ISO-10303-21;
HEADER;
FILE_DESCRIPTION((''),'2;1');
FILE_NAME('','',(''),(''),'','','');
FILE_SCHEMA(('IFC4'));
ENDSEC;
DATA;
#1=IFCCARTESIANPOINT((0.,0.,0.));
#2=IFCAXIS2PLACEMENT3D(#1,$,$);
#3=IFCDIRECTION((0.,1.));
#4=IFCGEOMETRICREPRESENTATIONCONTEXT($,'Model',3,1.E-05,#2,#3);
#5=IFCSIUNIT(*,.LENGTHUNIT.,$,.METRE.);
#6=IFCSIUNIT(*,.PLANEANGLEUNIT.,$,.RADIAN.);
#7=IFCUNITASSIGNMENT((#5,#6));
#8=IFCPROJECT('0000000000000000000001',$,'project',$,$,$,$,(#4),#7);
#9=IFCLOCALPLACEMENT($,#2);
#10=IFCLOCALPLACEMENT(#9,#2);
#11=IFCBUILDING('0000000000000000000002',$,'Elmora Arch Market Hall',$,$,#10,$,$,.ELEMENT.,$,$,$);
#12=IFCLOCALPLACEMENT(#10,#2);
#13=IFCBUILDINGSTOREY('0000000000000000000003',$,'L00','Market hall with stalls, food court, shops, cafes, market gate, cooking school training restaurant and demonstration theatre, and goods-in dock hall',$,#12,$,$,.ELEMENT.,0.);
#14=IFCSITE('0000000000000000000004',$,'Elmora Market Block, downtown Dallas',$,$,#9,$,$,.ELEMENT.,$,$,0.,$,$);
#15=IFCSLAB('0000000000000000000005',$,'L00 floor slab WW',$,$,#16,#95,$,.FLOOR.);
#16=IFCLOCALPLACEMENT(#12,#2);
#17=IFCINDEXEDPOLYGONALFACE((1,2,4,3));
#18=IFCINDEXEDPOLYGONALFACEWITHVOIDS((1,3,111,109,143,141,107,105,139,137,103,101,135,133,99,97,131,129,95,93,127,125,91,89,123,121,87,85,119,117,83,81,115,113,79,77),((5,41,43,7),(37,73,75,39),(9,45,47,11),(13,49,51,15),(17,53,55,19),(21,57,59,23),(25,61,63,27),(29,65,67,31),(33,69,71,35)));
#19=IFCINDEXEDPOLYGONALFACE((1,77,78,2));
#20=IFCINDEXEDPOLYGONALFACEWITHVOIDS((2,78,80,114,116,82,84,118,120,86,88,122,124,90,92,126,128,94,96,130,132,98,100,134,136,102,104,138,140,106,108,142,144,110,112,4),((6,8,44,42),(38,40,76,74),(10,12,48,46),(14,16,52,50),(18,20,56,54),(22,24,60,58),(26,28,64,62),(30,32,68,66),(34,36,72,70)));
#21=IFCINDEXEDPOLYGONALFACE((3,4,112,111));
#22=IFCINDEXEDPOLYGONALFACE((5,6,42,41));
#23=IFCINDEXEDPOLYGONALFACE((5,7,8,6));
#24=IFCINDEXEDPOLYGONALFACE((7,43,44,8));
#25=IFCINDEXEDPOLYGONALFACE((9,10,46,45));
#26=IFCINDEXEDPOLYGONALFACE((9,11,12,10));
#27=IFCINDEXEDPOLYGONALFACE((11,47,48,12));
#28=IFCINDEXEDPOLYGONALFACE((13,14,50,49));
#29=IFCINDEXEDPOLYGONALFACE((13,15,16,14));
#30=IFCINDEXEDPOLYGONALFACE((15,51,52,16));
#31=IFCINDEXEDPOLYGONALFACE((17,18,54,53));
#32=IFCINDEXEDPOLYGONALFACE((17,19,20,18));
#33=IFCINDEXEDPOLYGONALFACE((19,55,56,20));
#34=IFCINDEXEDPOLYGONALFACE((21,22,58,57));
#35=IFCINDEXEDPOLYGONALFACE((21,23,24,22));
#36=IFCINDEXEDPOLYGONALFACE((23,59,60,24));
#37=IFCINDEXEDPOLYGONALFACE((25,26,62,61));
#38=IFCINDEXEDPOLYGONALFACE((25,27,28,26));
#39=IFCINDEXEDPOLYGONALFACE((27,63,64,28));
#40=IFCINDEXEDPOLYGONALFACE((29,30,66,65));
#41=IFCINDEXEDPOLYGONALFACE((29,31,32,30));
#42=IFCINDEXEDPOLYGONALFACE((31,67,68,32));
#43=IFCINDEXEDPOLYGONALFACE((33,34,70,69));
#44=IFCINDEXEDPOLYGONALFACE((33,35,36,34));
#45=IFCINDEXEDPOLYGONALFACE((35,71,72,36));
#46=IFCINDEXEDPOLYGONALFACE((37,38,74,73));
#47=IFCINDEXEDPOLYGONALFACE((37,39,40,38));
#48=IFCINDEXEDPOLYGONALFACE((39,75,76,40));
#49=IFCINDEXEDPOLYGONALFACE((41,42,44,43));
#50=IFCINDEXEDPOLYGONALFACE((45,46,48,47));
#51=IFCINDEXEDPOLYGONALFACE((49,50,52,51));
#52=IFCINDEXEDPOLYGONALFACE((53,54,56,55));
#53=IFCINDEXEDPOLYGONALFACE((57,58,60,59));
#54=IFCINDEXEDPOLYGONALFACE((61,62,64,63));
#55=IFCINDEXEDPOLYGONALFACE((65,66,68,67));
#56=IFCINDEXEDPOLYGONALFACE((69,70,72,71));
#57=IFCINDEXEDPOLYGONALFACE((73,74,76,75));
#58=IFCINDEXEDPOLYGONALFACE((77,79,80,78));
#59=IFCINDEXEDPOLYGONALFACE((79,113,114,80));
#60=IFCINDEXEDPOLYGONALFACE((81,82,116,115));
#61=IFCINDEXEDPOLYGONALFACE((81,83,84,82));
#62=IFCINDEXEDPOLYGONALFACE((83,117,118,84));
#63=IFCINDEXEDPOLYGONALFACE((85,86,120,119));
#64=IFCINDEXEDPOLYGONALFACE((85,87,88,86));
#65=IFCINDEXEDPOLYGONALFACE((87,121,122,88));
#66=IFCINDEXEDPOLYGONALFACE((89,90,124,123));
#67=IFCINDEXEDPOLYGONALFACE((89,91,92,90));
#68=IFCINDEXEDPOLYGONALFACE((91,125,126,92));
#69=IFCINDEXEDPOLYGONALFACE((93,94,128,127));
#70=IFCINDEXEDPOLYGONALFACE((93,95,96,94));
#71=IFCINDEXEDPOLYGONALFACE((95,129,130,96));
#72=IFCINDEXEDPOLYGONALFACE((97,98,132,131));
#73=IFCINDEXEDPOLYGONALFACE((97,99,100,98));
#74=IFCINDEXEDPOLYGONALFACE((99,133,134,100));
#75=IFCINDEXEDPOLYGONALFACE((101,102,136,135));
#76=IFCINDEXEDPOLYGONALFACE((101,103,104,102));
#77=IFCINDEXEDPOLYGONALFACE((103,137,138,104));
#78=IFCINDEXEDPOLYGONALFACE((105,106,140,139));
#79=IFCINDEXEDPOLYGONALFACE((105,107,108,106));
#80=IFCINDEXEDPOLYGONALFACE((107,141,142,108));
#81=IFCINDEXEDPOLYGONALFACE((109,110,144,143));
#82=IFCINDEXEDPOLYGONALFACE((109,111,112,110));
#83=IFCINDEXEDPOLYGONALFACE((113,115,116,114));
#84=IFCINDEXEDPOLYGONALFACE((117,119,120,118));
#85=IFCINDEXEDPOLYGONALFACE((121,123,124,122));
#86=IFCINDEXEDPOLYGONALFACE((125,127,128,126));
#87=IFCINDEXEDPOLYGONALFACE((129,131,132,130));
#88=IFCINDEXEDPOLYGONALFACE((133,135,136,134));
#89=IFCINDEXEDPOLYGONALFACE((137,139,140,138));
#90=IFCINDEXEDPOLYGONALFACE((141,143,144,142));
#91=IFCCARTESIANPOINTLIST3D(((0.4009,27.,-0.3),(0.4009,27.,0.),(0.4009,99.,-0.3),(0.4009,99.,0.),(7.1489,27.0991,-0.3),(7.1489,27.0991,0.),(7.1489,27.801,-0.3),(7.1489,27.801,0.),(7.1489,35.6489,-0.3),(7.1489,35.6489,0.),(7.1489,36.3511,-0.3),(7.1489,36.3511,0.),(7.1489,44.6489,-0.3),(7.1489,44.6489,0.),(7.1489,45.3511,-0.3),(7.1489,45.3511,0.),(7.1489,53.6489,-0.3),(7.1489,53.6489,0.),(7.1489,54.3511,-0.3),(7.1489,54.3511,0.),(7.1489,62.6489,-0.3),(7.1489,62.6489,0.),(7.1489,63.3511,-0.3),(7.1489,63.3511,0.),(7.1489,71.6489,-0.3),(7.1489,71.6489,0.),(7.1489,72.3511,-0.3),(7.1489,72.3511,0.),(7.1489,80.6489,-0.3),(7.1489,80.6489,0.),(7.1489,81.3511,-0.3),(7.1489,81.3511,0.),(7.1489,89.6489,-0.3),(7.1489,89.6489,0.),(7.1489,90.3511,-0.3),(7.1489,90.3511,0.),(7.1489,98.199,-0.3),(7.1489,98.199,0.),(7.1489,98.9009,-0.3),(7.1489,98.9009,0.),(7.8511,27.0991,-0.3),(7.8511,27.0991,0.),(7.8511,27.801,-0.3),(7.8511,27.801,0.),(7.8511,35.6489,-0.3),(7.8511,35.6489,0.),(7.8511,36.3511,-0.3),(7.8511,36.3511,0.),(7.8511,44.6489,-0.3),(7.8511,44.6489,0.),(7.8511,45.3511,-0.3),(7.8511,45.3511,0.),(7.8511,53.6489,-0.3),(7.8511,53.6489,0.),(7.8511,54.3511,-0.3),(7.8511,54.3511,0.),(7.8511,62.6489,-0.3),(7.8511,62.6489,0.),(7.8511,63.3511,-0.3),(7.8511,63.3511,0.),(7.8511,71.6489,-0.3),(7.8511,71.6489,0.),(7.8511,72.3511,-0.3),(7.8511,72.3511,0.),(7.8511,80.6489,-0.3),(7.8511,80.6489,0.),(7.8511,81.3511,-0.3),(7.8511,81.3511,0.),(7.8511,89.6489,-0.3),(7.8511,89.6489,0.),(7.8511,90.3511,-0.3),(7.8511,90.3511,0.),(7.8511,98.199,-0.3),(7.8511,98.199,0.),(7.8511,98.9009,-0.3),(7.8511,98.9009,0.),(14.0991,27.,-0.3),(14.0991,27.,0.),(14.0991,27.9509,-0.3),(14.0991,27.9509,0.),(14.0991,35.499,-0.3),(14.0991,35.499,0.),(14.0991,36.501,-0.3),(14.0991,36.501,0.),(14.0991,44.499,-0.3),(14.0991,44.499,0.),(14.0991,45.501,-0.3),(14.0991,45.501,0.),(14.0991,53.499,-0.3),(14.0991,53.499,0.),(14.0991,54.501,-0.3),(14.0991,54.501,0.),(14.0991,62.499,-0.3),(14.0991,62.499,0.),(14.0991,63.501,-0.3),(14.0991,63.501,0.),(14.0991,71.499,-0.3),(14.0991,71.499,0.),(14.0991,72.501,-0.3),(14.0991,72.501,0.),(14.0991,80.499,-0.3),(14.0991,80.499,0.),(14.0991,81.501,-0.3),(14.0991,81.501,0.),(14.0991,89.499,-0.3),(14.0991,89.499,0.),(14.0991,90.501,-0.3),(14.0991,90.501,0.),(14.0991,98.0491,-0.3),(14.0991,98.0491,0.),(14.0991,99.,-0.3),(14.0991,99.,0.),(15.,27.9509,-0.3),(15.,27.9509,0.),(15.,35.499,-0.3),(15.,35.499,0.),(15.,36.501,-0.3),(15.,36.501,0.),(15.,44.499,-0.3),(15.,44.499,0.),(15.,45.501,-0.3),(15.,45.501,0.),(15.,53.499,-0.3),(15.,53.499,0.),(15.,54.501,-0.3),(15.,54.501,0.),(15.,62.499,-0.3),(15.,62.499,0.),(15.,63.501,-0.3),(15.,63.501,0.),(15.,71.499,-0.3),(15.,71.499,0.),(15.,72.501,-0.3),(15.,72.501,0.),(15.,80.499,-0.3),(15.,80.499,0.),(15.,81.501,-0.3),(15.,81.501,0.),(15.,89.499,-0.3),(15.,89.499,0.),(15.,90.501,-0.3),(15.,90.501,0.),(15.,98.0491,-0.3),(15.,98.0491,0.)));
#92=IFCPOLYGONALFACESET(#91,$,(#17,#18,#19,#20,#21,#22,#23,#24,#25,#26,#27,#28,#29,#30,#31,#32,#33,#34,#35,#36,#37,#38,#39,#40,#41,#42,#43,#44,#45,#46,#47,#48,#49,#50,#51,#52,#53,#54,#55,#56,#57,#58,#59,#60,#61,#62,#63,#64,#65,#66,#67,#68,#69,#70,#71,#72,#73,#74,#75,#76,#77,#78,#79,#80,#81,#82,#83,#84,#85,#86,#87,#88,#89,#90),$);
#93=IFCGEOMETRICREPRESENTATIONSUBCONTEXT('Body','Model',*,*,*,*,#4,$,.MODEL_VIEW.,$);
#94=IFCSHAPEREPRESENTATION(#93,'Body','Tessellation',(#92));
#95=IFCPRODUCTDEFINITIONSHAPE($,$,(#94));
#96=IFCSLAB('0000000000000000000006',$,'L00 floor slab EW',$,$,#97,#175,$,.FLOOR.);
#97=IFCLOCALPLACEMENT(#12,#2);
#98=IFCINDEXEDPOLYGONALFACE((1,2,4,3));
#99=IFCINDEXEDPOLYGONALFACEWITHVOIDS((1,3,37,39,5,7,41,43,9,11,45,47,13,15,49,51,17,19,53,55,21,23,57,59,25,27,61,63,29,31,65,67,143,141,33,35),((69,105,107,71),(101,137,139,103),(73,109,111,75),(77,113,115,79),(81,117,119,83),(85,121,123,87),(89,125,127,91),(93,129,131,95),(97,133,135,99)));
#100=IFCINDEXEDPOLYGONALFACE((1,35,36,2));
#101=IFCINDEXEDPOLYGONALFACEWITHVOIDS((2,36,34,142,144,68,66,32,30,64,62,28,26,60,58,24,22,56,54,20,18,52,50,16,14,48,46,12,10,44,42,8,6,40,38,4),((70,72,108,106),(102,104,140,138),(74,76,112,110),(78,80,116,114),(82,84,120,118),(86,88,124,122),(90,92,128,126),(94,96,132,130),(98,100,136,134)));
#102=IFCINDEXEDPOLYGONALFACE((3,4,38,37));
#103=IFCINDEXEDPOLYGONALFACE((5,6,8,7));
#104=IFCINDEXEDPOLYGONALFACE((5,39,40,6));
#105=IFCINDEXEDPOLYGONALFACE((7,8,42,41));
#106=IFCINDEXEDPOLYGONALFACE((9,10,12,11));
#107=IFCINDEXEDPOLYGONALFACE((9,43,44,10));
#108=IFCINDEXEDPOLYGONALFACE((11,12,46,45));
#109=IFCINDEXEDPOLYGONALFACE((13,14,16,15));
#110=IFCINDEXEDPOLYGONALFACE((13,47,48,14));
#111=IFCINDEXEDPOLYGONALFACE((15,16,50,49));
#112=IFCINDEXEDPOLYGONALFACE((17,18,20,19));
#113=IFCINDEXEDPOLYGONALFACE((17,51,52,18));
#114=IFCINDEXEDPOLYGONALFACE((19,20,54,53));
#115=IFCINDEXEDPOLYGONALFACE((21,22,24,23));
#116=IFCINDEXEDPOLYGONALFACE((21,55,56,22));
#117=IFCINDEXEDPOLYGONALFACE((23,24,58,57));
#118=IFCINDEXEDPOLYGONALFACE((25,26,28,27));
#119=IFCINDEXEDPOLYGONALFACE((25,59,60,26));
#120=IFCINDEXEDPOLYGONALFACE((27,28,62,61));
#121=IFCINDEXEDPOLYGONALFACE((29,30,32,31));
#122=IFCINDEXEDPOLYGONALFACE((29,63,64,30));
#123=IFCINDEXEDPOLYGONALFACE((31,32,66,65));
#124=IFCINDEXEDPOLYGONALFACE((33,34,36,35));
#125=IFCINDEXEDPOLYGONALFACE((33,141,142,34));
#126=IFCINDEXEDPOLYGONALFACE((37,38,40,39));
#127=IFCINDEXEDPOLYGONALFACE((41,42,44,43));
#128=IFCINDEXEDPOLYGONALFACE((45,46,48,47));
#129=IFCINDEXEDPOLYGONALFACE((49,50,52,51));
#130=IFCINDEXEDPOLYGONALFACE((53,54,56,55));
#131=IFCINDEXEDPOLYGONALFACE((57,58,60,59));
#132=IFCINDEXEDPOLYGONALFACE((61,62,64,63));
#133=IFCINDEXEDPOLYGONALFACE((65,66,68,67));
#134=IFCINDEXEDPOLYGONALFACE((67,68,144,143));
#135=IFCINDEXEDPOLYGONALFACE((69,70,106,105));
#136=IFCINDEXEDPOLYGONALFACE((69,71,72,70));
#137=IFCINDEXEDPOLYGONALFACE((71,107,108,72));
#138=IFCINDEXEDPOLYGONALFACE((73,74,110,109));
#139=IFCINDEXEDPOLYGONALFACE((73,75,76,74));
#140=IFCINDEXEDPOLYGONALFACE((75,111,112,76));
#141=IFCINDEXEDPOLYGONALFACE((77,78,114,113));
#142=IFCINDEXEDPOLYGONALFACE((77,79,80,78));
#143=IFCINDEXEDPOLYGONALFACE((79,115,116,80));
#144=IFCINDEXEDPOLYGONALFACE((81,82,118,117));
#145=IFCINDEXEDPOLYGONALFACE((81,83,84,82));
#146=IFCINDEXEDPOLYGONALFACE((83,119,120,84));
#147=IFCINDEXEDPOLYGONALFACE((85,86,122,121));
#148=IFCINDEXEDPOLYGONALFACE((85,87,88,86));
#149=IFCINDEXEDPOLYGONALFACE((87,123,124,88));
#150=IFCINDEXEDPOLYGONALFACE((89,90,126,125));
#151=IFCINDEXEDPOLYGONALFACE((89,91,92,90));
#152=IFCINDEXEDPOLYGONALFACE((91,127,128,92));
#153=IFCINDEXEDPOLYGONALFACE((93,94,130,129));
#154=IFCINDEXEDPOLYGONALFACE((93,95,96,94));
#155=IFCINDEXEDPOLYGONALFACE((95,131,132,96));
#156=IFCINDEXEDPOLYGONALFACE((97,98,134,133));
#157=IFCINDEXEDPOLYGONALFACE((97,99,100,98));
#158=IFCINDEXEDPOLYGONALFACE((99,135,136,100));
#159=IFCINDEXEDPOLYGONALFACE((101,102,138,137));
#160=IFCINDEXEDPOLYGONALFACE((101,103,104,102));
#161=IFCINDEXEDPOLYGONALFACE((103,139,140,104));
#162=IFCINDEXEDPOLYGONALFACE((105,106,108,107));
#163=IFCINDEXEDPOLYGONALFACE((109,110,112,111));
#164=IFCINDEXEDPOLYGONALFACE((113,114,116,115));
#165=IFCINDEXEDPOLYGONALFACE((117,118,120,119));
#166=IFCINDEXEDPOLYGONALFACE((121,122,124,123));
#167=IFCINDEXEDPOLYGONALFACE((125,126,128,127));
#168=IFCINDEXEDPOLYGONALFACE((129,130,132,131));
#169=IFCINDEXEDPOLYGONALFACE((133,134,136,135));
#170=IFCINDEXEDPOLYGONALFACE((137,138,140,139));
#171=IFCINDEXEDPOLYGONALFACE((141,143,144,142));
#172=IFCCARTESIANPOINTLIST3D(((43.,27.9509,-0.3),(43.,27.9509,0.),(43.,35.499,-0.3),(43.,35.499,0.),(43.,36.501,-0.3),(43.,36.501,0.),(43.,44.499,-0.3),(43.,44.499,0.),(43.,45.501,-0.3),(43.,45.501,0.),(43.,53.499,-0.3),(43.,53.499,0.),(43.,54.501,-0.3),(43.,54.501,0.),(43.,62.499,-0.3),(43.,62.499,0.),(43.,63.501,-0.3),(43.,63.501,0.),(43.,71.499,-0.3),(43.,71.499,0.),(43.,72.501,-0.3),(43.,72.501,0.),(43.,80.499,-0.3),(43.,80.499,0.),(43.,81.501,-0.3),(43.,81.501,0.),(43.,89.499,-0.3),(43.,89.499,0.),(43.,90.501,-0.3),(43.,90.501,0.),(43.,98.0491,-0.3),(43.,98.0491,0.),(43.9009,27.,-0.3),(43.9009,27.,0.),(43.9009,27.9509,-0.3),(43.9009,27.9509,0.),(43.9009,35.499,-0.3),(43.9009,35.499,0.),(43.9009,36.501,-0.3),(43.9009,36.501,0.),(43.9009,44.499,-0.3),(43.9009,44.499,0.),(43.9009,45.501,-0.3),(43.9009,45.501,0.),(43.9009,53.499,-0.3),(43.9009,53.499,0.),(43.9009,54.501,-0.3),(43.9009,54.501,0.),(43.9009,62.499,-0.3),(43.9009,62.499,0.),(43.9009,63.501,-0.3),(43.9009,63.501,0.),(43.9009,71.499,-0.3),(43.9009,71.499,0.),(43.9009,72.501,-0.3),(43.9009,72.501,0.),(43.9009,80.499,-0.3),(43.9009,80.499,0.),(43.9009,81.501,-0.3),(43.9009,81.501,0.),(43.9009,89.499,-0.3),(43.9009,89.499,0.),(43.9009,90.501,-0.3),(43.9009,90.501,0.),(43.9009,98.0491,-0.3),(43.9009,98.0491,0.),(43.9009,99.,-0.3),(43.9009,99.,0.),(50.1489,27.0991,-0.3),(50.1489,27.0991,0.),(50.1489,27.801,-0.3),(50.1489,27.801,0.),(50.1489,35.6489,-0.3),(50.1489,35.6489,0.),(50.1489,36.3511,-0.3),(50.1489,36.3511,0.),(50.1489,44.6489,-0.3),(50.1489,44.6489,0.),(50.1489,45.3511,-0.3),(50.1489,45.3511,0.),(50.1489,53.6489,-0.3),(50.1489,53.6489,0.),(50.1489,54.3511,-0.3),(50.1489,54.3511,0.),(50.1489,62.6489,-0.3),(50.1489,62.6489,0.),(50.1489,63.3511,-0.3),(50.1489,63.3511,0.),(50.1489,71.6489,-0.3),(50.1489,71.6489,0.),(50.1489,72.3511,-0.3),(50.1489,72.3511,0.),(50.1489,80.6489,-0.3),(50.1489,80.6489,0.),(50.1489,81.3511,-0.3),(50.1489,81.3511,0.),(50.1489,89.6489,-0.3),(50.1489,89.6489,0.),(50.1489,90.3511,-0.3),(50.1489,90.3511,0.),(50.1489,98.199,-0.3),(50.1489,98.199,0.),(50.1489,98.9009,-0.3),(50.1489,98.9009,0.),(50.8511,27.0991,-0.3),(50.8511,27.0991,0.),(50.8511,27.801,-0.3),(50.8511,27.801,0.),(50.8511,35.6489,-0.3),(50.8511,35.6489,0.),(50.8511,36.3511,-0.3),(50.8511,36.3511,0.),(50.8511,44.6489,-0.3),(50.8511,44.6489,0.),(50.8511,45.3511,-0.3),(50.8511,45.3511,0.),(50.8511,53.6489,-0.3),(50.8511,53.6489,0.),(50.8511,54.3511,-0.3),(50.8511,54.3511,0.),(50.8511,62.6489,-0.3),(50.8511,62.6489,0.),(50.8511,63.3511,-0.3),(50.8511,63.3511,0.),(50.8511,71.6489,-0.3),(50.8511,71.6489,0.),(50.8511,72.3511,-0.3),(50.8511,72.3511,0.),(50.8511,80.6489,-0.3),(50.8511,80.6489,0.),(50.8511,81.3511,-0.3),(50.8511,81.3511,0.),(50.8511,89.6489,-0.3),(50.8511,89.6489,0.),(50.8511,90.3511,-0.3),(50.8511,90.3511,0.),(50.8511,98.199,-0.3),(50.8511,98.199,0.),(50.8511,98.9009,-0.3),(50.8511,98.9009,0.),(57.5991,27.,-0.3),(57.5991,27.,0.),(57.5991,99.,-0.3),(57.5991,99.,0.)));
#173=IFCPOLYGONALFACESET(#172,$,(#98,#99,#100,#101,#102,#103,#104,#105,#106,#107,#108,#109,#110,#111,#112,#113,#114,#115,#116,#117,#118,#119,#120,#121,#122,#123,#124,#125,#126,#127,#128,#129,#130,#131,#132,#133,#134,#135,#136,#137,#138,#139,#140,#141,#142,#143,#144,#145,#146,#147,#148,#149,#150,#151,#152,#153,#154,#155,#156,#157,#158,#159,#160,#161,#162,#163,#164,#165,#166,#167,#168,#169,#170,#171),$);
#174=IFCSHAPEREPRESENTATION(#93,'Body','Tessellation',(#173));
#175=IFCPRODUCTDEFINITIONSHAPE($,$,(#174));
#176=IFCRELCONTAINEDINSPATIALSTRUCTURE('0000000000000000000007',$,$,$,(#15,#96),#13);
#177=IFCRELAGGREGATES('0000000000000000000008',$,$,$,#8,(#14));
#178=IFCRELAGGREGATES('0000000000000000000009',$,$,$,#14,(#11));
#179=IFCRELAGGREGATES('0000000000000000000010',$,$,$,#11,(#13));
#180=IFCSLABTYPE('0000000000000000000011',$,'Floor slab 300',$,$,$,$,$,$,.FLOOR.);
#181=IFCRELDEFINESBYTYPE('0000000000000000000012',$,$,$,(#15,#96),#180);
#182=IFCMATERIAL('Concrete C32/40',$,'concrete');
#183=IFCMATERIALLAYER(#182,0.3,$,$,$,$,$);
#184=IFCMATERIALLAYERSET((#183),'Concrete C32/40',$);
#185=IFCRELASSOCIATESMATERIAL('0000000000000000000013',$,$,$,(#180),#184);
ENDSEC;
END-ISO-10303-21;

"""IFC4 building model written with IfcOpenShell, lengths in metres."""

from ifc_helpers import new_model, si_unit, direction, frame, origin, place, context, subcontext, project, spatial, polyline, outline, extrude, material, layer, layer_set, type_object, element, save


model = new_model("IFC4")

# Units and contexts
model_context = context("Model", 3, precision=1e-05, world=origin(), true_north=direction((0.0, 1.0)))
body_context = subcontext(model_context, "Body", "Model", "MODEL_VIEW")
ifc_project = project(units=[si_unit("LENGTHUNIT", "METRE"), si_unit("PLANEANGLEUNIT", "RADIAN")], contexts=[model_context])

# Site, building, storey
site_placement = place(None, origin())
site = spatial("IfcSite", under=ifc_project, at=site_placement, Name="Elmora Market Block, downtown Dallas", CompositionType="ELEMENT", RefElevation=0.0)
building_placement = place(site_placement, origin())
building = spatial("IfcBuilding", under=site, at=building_placement, Name="Elmora Arch Market Hall", CompositionType="ELEMENT")
storey_placement = place(building_placement, origin())
storey = spatial("IfcBuildingStorey", under=building, at=storey_placement, Name="L00", Description="Market hall with stalls, food court, shops, cafes, market gate, cooking school training restaurant and demonstration theatre, and goods-in dock hall", CompositionType="ELEMENT", Elevation=0.0)

# Slabs
ifc_material_1 = material(Name="Concrete C32/40", Category="concrete")
ifc_layer_1 = layer(ifc_material_1, 0.3)
ifc_layer_set_1 = layer_set([ifc_layer_1], Name="Concrete C32/40")
slab_type_1 = type_object("IfcSlabType", Name="Floor slab 300", PredefinedType="FLOOR", material=ifc_layer_set_1)
slab_1_placement = place(storey_placement, frame((0.0, 0.0, -0.3)))
element("IfcSlab", 1, at=slab_1_placement, inside=storey, type_object=slab_type_1, Name="L00 floor slab WW", PredefinedType="FLOOR", context=body_context, shape_type="SweptSolid", body=[
    extrude(outline(polyline([(15.0, 27.9509), (14.0991, 27.9509), (14.0991, 27.0), (0.4009, 27.0), (0.4009, 99.0), (14.0991, 99.0), (14.0991, 98.0491), (15.0, 98.0491), (15.0, 90.501), (14.0991, 90.501), (14.0991, 89.499), (15.0, 89.499), (15.0, 81.501), (14.0991, 81.501), (14.0991, 80.499), (15.0, 80.499), (15.0, 72.501), (14.0991, 72.501), (14.0991, 71.499), (15.0, 71.499), (15.0, 63.501), (14.0991, 63.501), (14.0991, 62.499), (15.0, 62.499), (15.0, 54.501), (14.0991, 54.501), (14.0991, 53.499), (15.0, 53.499), (15.0, 45.501), (14.0991, 45.501), (14.0991, 44.499), (15.0, 44.499), (15.0, 36.501), (14.0991, 36.501), (14.0991, 35.499), (15.0, 35.499), (15.0, 27.9509)]), holes=[polyline([(7.8511, 36.3511), (7.1489, 36.3511), (7.1489, 35.6489), (7.8511, 35.6489), (7.8511, 36.3511)]), polyline([(7.8511, 27.801), (7.1489, 27.801), (7.1489, 27.0991), (7.8511, 27.0991), (7.8511, 27.801)]), polyline([(7.1489, 98.9009), (7.1489, 98.199), (7.8511, 98.199), (7.8511, 98.9009), (7.1489, 98.9009)]), polyline([(7.8511, 90.3511), (7.1489, 90.3511), (7.1489, 89.6489), (7.8511, 89.6489), (7.8511, 90.3511)]), polyline([(7.8511, 81.3511), (7.1489, 81.3511), (7.1489, 80.6489), (7.8511, 80.6489), (7.8511, 81.3511)]), polyline([(7.8511, 72.3511), (7.1489, 72.3511), (7.1489, 71.6489), (7.8511, 71.6489), (7.8511, 72.3511)]), polyline([(7.8511, 63.3511), (7.1489, 63.3511), (7.1489, 62.6489), (7.8511, 62.6489), (7.8511, 63.3511)]), polyline([(7.8511, 54.3511), (7.1489, 54.3511), (7.1489, 53.6489), (7.8511, 53.6489), (7.8511, 54.3511)]), polyline([(7.8511, 45.3511), (7.1489, 45.3511), (7.1489, 44.6489), (7.8511, 44.6489), (7.8511, 45.3511)])]), origin(), (0.0, 0.0, 1.0), 0.3),
])
slab_2_placement = place(storey_placement, frame((0.0, 0.0, -0.3)))
element("IfcSlab", 2, at=slab_2_placement, inside=storey, type_object=slab_type_1, Name="L00 floor slab EW", PredefinedType="FLOOR", context=body_context, shape_type="SweptSolid", body=[
    extrude(outline(polyline([(57.5991, 99.0), (57.5991, 27.0), (43.9009, 27.0), (43.9009, 27.9509), (43.0, 27.9509), (43.0, 35.499), (43.9009, 35.499), (43.9009, 36.501), (43.0, 36.501), (43.0, 44.499), (43.9009, 44.499), (43.9009, 45.501), (43.0, 45.501), (43.0, 53.499), (43.9009, 53.499), (43.9009, 54.501), (43.0, 54.501), (43.0, 62.499), (43.9009, 62.499), (43.9009, 63.501), (43.0, 63.501), (43.0, 71.499), (43.9009, 71.499), (43.9009, 72.501), (43.0, 72.501), (43.0, 80.499), (43.9009, 80.499), (43.9009, 81.501), (43.0, 81.501), (43.0, 89.499), (43.9009, 89.499), (43.9009, 90.501), (43.0, 90.501), (43.0, 98.0491), (43.9009, 98.0491), (43.9009, 99.0), (57.5991, 99.0)]), holes=[polyline([(50.8511, 27.801), (50.1489, 27.801), (50.1489, 27.0991), (50.8511, 27.0991), (50.8511, 27.801)]), polyline([(50.8511, 36.3511), (50.1489, 36.3511), (50.1489, 35.6489), (50.8511, 35.6489), (50.8511, 36.3511)]), polyline([(50.8511, 45.3511), (50.1489, 45.3511), (50.1489, 44.6489), (50.8511, 44.6489), (50.8511, 45.3511)]), polyline([(50.8511, 54.3511), (50.1489, 54.3511), (50.1489, 53.6489), (50.8511, 53.6489), (50.8511, 54.3511)]), polyline([(50.8511, 63.3511), (50.1489, 63.3511), (50.1489, 62.6489), (50.8511, 62.6489), (50.8511, 63.3511)]), polyline([(50.8511, 81.3511), (50.1489, 81.3511), (50.1489, 80.6489), (50.8511, 80.6489), (50.8511, 81.3511)]), polyline([(50.8511, 90.3511), (50.1489, 90.3511), (50.1489, 89.6489), (50.8511, 89.6489), (50.8511, 90.3511)]), polyline([(50.8511, 72.3511), (50.1489, 72.3511), (50.1489, 71.6489), (50.8511, 71.6489), (50.8511, 72.3511)]), polyline([(50.8511, 98.9009), (50.1489, 98.9009), (50.1489, 98.199), (50.8511, 98.199), (50.8511, 98.9009)])]), origin(), (0.0, 0.0, 1.0), 0.3),
])

save(model, "model.ifc")
